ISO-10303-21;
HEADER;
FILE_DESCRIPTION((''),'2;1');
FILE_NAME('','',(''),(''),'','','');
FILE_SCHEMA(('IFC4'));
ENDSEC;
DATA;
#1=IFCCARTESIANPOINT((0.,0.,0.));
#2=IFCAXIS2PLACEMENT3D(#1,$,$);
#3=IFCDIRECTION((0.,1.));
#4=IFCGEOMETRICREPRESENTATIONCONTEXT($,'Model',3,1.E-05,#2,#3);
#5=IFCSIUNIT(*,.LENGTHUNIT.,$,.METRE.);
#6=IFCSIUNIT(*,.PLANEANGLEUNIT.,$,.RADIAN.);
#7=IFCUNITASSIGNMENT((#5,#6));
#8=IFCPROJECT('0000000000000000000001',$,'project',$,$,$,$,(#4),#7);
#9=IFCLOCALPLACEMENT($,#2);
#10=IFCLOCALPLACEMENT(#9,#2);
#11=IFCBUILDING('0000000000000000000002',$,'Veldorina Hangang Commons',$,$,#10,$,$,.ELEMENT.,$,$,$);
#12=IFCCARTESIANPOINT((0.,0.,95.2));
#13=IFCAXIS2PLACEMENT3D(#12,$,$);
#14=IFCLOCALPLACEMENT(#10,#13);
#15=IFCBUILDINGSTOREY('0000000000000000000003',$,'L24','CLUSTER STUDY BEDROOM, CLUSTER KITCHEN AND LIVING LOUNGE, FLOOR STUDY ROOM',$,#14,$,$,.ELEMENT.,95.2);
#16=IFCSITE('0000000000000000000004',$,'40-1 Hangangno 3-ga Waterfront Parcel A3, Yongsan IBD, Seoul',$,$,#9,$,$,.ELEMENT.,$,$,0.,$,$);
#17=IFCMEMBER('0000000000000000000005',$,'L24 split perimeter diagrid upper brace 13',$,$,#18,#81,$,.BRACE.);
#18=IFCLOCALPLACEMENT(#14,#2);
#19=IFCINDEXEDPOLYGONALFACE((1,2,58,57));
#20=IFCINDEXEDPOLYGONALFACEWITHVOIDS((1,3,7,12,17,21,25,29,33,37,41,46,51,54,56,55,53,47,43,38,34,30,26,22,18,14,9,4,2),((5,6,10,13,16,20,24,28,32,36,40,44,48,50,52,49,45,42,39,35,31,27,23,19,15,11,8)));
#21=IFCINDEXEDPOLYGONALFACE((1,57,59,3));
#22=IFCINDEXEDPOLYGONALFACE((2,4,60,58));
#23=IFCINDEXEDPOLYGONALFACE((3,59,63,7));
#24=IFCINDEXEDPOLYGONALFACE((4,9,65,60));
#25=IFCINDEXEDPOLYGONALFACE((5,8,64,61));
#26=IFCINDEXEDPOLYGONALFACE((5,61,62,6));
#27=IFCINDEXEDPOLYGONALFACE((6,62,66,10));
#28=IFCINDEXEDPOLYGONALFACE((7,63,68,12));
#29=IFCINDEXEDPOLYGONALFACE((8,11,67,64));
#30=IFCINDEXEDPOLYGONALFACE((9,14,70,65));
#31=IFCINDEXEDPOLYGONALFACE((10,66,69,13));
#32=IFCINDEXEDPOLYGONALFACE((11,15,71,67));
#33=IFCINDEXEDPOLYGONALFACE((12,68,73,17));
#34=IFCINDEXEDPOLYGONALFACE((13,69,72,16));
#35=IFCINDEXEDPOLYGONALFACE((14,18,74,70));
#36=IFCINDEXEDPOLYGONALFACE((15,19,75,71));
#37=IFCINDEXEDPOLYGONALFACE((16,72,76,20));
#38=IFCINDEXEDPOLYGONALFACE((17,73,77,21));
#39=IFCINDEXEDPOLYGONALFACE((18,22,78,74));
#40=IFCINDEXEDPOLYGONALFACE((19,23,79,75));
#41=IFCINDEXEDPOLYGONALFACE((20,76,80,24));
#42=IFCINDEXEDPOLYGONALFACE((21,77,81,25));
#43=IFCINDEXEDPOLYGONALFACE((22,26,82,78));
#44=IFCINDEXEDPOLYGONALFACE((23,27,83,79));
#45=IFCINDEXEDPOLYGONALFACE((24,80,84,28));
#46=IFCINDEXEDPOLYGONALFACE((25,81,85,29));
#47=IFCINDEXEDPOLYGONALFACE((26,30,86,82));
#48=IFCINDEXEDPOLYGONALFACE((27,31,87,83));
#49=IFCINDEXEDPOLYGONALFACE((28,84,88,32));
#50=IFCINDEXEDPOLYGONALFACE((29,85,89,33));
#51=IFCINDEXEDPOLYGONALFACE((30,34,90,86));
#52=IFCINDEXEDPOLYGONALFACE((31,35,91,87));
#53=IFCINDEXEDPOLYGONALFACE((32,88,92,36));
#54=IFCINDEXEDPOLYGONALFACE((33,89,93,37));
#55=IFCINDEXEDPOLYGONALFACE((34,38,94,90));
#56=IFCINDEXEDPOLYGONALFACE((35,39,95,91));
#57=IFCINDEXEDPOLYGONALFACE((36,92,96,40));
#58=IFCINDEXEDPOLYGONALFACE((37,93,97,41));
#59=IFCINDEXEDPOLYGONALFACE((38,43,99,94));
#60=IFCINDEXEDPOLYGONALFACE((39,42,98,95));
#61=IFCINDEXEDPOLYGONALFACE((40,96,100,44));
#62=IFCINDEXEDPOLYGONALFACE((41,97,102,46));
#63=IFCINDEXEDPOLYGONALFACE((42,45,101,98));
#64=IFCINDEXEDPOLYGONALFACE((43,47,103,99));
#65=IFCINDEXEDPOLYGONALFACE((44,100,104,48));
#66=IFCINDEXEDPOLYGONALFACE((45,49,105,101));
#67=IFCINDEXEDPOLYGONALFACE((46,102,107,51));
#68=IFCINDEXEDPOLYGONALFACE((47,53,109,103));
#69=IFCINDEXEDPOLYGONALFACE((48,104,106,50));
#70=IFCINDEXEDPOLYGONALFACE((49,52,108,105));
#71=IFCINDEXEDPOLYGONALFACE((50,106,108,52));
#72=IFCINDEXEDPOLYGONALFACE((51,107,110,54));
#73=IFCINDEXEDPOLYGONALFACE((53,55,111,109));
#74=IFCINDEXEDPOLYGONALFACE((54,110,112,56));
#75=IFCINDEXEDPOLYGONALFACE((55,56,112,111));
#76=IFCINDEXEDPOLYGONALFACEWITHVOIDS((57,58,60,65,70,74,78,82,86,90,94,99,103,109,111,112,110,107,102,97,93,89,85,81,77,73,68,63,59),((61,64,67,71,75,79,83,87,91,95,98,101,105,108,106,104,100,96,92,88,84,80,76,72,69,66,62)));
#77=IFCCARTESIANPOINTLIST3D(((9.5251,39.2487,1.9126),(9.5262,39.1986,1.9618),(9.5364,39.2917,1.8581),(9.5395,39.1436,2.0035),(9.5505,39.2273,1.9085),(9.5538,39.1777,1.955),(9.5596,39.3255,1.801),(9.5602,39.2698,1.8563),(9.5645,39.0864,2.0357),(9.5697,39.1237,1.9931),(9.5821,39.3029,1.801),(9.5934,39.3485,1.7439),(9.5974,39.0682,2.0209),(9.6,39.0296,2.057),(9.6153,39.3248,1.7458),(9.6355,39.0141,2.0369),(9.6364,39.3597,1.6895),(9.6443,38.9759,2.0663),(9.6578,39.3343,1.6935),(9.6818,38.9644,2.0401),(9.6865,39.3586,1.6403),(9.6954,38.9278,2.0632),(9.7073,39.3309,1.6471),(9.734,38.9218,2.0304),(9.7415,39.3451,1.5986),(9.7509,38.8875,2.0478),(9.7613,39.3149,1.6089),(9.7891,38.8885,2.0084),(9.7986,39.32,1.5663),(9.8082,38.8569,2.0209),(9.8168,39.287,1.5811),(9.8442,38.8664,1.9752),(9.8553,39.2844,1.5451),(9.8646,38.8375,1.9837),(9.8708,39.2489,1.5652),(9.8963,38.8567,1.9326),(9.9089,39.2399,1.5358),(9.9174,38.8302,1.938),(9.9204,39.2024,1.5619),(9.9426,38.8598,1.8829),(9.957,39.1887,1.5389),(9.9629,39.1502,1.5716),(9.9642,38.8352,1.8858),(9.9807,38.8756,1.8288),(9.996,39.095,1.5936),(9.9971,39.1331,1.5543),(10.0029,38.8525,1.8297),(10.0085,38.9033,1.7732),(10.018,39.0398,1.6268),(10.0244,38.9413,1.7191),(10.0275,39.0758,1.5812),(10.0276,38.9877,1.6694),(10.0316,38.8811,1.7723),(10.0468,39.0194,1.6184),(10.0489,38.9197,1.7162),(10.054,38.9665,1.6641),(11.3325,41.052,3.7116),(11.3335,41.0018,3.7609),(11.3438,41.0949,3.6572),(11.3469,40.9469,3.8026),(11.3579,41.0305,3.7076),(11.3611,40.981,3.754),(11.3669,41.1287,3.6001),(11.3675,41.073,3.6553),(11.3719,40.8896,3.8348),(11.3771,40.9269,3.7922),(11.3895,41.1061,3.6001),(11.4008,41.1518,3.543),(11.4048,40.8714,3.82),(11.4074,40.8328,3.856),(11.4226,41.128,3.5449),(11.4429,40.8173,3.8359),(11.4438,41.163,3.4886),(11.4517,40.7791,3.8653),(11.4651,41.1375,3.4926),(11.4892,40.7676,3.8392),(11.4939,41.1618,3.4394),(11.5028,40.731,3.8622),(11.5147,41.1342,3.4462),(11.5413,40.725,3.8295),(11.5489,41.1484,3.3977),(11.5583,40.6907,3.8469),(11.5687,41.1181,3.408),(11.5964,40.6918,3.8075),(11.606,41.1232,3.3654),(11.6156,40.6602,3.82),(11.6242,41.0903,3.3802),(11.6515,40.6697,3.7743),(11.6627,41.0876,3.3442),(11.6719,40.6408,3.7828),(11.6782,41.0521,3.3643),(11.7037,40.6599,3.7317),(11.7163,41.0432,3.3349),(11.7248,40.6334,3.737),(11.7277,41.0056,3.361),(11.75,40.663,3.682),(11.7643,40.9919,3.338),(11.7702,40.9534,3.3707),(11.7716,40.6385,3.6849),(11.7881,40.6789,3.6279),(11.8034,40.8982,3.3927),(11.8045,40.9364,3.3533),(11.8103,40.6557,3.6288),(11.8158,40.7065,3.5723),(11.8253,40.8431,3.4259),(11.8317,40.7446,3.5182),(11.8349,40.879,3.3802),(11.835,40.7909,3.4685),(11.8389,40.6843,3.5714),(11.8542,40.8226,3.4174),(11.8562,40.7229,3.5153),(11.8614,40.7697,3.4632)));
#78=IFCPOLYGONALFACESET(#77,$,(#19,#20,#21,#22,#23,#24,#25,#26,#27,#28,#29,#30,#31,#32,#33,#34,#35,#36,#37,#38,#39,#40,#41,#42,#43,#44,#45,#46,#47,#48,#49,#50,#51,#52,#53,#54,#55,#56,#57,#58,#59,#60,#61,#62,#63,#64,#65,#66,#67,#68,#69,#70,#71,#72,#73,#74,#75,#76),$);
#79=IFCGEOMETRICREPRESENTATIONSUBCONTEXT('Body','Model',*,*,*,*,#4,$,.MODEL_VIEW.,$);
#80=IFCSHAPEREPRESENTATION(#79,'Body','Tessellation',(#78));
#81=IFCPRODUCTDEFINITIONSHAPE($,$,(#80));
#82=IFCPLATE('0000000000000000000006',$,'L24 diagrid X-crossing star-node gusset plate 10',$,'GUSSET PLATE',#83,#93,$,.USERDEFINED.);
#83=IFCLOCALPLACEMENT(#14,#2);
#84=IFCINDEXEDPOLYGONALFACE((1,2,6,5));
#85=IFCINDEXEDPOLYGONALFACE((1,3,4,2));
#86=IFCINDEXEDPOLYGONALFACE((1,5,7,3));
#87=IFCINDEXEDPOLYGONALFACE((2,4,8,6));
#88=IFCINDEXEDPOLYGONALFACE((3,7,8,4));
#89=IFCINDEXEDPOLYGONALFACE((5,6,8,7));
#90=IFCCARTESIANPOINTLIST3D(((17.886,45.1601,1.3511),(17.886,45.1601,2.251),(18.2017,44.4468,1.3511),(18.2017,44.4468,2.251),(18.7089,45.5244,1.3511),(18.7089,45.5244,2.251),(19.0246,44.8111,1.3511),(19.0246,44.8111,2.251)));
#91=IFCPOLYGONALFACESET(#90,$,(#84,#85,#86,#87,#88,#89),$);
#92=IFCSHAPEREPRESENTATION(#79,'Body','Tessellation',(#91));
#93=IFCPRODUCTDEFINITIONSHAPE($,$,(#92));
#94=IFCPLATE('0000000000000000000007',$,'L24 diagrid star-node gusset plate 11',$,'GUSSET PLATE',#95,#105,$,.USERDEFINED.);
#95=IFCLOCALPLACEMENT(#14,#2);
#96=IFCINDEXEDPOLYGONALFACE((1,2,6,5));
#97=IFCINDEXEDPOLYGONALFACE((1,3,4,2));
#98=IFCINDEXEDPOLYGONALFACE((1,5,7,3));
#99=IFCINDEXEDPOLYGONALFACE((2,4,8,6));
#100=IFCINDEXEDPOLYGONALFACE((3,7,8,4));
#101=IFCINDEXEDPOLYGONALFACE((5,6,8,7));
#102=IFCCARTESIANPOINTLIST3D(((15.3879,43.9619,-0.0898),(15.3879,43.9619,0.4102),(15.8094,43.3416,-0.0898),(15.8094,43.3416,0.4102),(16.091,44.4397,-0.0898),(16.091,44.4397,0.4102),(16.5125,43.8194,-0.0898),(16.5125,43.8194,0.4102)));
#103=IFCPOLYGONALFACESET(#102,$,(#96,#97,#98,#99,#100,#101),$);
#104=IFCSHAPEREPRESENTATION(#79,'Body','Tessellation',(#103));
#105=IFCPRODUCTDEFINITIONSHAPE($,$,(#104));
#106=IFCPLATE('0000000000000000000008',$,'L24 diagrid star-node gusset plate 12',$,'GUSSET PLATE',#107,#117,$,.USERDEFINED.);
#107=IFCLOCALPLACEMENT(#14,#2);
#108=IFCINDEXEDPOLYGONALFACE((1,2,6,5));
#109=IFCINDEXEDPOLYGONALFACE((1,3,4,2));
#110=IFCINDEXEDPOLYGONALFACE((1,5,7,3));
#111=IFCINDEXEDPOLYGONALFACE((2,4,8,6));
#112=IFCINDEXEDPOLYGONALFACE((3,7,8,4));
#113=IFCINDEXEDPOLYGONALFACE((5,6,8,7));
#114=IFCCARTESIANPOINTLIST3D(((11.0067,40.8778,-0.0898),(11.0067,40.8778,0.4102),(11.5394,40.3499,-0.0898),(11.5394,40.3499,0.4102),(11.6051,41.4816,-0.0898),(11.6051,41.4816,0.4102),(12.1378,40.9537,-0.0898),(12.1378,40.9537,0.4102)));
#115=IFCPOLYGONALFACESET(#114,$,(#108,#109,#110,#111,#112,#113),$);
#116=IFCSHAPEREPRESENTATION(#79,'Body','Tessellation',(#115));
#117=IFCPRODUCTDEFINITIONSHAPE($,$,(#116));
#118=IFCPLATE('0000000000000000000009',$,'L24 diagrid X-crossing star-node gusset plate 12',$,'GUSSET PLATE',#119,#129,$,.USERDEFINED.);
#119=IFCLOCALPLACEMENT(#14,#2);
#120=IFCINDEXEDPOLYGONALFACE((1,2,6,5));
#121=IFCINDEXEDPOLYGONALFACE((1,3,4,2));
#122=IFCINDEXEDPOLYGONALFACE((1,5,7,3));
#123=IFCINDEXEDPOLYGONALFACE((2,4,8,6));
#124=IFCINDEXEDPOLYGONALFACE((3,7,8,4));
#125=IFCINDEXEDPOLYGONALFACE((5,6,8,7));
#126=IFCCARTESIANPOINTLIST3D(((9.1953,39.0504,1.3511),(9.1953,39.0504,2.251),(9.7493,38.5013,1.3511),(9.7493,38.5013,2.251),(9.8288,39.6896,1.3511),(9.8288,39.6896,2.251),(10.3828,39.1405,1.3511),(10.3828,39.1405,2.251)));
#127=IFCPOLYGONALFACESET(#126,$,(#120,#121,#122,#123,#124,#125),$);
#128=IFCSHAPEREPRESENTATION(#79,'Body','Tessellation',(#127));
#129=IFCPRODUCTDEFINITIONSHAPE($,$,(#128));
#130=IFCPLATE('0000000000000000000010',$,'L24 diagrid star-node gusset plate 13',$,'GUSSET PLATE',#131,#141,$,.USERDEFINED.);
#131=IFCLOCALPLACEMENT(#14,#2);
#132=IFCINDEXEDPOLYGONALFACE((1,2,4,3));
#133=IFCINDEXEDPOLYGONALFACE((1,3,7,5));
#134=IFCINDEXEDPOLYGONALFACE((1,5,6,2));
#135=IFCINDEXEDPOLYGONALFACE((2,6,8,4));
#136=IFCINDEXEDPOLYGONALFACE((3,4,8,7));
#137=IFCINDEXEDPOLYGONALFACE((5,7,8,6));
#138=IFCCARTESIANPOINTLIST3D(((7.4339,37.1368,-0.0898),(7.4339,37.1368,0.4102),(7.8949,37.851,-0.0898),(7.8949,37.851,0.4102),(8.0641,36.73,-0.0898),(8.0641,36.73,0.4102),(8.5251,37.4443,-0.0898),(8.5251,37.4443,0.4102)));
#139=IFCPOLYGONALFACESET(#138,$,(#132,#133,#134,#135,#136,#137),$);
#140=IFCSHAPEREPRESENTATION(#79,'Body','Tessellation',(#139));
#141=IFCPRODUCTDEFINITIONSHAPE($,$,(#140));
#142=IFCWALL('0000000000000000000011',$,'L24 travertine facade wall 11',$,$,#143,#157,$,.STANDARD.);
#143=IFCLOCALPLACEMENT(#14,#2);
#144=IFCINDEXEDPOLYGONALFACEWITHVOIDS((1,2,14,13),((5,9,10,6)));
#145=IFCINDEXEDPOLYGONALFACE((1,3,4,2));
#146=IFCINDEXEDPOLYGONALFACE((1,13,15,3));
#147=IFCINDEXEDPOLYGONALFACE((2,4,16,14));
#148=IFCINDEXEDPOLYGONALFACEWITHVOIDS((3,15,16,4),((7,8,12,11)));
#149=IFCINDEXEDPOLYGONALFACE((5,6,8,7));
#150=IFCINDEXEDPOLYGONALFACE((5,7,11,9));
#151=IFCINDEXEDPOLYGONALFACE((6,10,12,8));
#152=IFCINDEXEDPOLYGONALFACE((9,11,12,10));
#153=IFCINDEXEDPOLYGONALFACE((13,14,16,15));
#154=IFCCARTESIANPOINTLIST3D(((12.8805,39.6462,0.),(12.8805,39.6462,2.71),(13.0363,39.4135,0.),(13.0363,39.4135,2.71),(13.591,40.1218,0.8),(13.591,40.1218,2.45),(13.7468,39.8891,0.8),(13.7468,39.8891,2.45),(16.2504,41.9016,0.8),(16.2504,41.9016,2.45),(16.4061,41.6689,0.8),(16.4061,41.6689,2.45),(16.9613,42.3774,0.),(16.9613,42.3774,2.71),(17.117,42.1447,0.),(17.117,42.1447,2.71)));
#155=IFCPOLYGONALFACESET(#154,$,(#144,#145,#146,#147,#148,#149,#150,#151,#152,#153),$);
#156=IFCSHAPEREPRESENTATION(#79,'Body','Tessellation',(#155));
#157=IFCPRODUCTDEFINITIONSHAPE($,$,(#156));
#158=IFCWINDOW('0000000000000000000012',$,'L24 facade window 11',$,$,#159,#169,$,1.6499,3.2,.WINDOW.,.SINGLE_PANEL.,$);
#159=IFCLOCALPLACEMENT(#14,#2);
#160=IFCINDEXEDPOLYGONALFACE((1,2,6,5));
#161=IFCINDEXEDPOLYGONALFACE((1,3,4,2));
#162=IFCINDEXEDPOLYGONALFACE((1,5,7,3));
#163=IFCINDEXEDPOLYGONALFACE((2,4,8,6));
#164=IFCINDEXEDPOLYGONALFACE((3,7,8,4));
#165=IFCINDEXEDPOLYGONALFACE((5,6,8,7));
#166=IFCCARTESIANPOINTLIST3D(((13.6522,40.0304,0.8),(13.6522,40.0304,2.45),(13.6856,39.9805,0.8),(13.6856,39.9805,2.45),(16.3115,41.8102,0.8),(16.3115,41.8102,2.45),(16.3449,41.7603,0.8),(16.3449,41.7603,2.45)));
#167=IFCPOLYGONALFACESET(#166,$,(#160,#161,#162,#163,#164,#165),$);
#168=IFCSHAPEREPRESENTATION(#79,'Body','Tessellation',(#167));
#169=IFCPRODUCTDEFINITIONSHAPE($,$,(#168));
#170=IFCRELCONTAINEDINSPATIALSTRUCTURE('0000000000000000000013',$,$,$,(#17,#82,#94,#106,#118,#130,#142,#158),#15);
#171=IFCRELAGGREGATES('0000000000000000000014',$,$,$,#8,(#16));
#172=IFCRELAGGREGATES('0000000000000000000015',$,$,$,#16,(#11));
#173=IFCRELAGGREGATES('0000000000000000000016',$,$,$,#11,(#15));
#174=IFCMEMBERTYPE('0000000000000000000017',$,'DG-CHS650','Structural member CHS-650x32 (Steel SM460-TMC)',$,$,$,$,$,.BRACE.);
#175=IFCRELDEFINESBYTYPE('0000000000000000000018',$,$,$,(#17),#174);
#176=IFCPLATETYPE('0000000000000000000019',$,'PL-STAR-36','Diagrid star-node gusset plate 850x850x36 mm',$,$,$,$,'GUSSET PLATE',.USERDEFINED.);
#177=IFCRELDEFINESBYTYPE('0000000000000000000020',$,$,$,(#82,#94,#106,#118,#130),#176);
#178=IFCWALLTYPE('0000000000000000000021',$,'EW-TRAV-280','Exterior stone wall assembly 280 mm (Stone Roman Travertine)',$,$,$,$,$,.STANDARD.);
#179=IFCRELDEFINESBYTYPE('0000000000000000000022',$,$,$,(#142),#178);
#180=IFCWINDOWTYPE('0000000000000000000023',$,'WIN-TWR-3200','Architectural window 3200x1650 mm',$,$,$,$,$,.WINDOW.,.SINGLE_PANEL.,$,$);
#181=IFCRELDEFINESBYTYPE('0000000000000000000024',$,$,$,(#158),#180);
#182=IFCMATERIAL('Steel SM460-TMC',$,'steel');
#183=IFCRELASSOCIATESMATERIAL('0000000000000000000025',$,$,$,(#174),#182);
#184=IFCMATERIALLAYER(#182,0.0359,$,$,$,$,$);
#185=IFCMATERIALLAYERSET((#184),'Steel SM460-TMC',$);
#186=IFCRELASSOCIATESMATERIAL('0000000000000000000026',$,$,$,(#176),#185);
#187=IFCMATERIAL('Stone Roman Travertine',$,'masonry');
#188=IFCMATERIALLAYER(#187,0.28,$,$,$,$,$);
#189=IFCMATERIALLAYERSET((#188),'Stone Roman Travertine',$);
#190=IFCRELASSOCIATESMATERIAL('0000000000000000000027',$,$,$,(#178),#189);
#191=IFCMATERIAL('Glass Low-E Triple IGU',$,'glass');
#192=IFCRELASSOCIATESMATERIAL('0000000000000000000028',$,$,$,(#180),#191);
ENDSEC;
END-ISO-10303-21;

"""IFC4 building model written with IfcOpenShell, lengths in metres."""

from ifc_helpers import new_model, si_unit, direction, frame, frame_2d, origin, origin_2d, place, context, subcontext, project, spatial, rectangle, hollow_circle, extrude, material, layer, layer_set, material_profile, profile_set, type_object, element, fill, save


model = new_model("IFC4")

# Units and contexts
model_context = context("Model", 3, precision=1e-05, world=origin(), true_north=direction((0.0, 1.0)))
body_context = subcontext(model_context, "Body", "Model", "MODEL_VIEW")
ifc_project = project(units=[si_unit("LENGTHUNIT", "METRE"), si_unit("PLANEANGLEUNIT", "RADIAN")], contexts=[model_context])

# Site, building, storey
site_placement = place(None, origin())
site = spatial("IfcSite", under=ifc_project, at=site_placement, Name="40-1 Hangangno 3-ga Waterfront Parcel A3, Yongsan IBD, Seoul", CompositionType="ELEMENT", RefElevation=0.0)
building_placement = place(site_placement, origin())
building = spatial("IfcBuilding", under=site, at=building_placement, Name="Veldorina Hangang Commons", CompositionType="ELEMENT")
storey_placement = place(building_placement, frame((0.0, 0.0, 95.2)))
storey = spatial("IfcBuildingStorey", under=building, at=storey_placement, Name="L24", Description="CLUSTER STUDY BEDROOM, CLUSTER KITCHEN AND LIVING LOUNGE, FLOOR STUDY ROOM", CompositionType="ELEMENT", Elevation=95.2)

# Member
ifc_material_1 = material(Name="Steel SM460-TMC", Category="steel")
ifc_material_profile_1 = material_profile(ifc_material_1, hollow_circle(Radius=0.325, WallThickness=0.032, at=origin_2d()), Name="CHS-650x32")
ifc_profile_set_1 = profile_set([ifc_material_profile_1], Name="Steel SM460-TMC")
member_type = type_object("IfcMemberType", Name="DG-CHS650", Description="Structural member CHS-650x32 (Steel SM460-TMC)", PredefinedType="BRACE", material=ifc_profile_set_1)
member_1_placement = place(storey_placement, frame((9.7891, 39.0955, 1.801), z_axis=(0.578678, 0.577349, 0.57602), x_axis=(-0.706293, 0.707919, 0.0)))
element("IfcMember", 1, at=member_1_placement, inside=storey, type_object=member_type, Name="L24 split perimeter diagrid upper brace 13", PredefinedType="BRACE", context=body_context, shape_type="SweptSolid", body=[
    extrude(hollow_circle(Radius=0.325, WallThickness=0.032, at=origin_2d()), origin(), (0.0, 0.0, 1.0), 3.1233),
])

# Plates
ifc_layer_1 = layer(ifc_material_1, 0.0359)
ifc_layer_set_1 = layer_set([ifc_layer_1], Name="Steel SM460-TMC")
plate_type = type_object("IfcPlateType", Name="PL-STAR-36", Description="Diagrid star-node gusset plate 850x850x36 mm", ElementType="GUSSET PLATE", PredefinedType="USERDEFINED", material=ifc_layer_set_1)
plate_1_placement = place(storey_placement, frame((18.4553, 44.9856, 1.3511), z_axis=(0.0, 0.0, 1.0), x_axis=(-0.914431, -0.404743, 0.0)))
element("IfcPlate", 2, at=plate_1_placement, inside=storey, type_object=plate_type, Name="L24 diagrid X-crossing star-node gusset plate 10", ObjectType="GUSSET PLATE", PredefinedType="USERDEFINED", context=body_context, shape_type="SweptSolid", body=[
    extrude(rectangle(XDim=0.8999, YDim=0.78, at=origin_2d()), origin(), (0.0, 0.0, 1.0), 0.8999),
])
for number, where, z_axis, x_axis, name in (
    (3, (15.9502, 43.8906, -0.0898), (0.0, 0.0, 1.0), (-0.82709, -0.562069, 0.0), "L24 diagrid star-node gusset plate 11"),
    (4, (11.5723, 40.9158, -0.0898), (0.0, 0.0, 1.0), (-0.703928, -0.710271, 0.0), "L24 diagrid star-node gusset plate 12"),
):
    element("IfcPlate", number, at=place(storey_placement, frame(where, z_axis=z_axis, x_axis=x_axis)), inside=storey, type_object=plate_type, Name=name, ObjectType="GUSSET PLATE", PredefinedType="USERDEFINED", context=body_context, shape_type="SweptSolid", body=[
        extrude(rectangle(XDim=0.8501, YDim=0.75, at=origin_2d()), origin(), (0.0, 0.0, 1.0), 0.5),
    ])
plate_2_placement = place(storey_placement, frame((9.7891, 39.0955, 1.3511), z_axis=(0.0, 0.0, 1.0), x_axis=(-0.703928, -0.710271, 0.0)))
element("IfcPlate", 5, at=plate_2_placement, inside=storey, type_object=plate_type, Name="L24 diagrid X-crossing star-node gusset plate 12", ObjectType="GUSSET PLATE", PredefinedType="USERDEFINED", context=body_context, shape_type="SweptSolid", body=[
    extrude(rectangle(XDim=0.8999, YDim=0.78, at=origin_2d()), origin(), (0.0, 0.0, 1.0), 0.8999),
])
plate_3_placement = place(storey_placement, frame((7.9795, 37.2905, -0.0898), z_axis=(0.0, 0.0, 1.0), x_axis=(-0.54231, -0.840179, 0.0)))
element("IfcPlate", 6, at=plate_3_placement, inside=storey, type_object=plate_type, Name="L24 diagrid star-node gusset plate 13", ObjectType="GUSSET PLATE", PredefinedType="USERDEFINED", context=body_context, shape_type="SweptSolid", body=[
    extrude(rectangle(XDim=0.8501, YDim=0.75, at=origin_2d()), origin(), (0.0, 0.0, 1.0), 0.5),
])

# Wall, opening, window
ifc_material_2 = material(Name="Stone Roman Travertine", Category="masonry")
ifc_layer_2 = layer(ifc_material_2, 0.28)
ifc_layer_set_2 = layer_set([ifc_layer_2], Name="Stone Roman Travertine")
wall_type_1 = type_object("IfcWallType", Name="EW-TRAV-280", Description="Exterior stone wall assembly 280 mm (Stone Roman Travertine)", PredefinedType="STANDARD", material=ifc_layer_set_2)
wall_1_placement = place(storey_placement, frame((17.0391, 42.261, 0.0), z_axis=(0.0, 0.0, 1.0), x_axis=(-0.831047, -0.556202, 0.0)))
wall_1 = element("IfcWall", 7, at=wall_1_placement, inside=storey, type_object=wall_type_1, Name="L24 travertine facade wall 11", PredefinedType="STANDARD", context=body_context, shape_type="SweptSolid", body=[
    extrude(rectangle(XDim=4.9104, YDim=0.28, at=frame_2d((2.4551, 0.0))), origin(), (0.0, 0.0, 1.0), 2.71),
])
opening_1_placement = place(wall_1_placement, frame((0.8552, 0.0, 0.8)))
opening_1 = element("IfcOpeningElement", 8, at=opening_1_placement, cuts=wall_1, PredefinedType="OPENING", context=body_context, shape_type="SweptSolid", body=[
    extrude(rectangle(XDim=3.2, YDim=1.6499, at=frame_2d((1.6001, 0.825))), frame((0.0, 0.1499, 0.0), z_axis=(0.0, -1.0, 0.0), x_axis=(1.0, 0.0, 0.0)), (0.0, 0.0, 1.0), 0.3),
])
ifc_material_3 = material(Name="Glass Low-E Triple IGU", Category="glass")
window_type = type_object("IfcWindowType", Name="WIN-TWR-3200", Description="Architectural window 3200x1650 mm", PartitioningType="SINGLE_PANEL", PredefinedType="WINDOW", material=ifc_material_3)
window_1_placement = place(opening_1_placement, origin())
window_1 = element("IfcWindow", 9, at=window_1_placement, inside=storey, type_object=window_type, Name="L24 facade window 11", OverallHeight=1.6499, OverallWidth=3.2, PartitioningType="SINGLE_PANEL", PredefinedType="WINDOW", context=body_context, shape_type="SweptSolid", body=[
    extrude(rectangle(XDim=3.2, YDim=1.6499, at=frame_2d((1.6001, 0.825))), frame((0.0, 0.03, 0.0), z_axis=(0.0, -1.0, 0.0), x_axis=(1.0, 0.0, 0.0)), (0.0, 0.0, 1.0), 0.0601),
])
fill(opening_1, window_1)

save(model, "model.ifc")
